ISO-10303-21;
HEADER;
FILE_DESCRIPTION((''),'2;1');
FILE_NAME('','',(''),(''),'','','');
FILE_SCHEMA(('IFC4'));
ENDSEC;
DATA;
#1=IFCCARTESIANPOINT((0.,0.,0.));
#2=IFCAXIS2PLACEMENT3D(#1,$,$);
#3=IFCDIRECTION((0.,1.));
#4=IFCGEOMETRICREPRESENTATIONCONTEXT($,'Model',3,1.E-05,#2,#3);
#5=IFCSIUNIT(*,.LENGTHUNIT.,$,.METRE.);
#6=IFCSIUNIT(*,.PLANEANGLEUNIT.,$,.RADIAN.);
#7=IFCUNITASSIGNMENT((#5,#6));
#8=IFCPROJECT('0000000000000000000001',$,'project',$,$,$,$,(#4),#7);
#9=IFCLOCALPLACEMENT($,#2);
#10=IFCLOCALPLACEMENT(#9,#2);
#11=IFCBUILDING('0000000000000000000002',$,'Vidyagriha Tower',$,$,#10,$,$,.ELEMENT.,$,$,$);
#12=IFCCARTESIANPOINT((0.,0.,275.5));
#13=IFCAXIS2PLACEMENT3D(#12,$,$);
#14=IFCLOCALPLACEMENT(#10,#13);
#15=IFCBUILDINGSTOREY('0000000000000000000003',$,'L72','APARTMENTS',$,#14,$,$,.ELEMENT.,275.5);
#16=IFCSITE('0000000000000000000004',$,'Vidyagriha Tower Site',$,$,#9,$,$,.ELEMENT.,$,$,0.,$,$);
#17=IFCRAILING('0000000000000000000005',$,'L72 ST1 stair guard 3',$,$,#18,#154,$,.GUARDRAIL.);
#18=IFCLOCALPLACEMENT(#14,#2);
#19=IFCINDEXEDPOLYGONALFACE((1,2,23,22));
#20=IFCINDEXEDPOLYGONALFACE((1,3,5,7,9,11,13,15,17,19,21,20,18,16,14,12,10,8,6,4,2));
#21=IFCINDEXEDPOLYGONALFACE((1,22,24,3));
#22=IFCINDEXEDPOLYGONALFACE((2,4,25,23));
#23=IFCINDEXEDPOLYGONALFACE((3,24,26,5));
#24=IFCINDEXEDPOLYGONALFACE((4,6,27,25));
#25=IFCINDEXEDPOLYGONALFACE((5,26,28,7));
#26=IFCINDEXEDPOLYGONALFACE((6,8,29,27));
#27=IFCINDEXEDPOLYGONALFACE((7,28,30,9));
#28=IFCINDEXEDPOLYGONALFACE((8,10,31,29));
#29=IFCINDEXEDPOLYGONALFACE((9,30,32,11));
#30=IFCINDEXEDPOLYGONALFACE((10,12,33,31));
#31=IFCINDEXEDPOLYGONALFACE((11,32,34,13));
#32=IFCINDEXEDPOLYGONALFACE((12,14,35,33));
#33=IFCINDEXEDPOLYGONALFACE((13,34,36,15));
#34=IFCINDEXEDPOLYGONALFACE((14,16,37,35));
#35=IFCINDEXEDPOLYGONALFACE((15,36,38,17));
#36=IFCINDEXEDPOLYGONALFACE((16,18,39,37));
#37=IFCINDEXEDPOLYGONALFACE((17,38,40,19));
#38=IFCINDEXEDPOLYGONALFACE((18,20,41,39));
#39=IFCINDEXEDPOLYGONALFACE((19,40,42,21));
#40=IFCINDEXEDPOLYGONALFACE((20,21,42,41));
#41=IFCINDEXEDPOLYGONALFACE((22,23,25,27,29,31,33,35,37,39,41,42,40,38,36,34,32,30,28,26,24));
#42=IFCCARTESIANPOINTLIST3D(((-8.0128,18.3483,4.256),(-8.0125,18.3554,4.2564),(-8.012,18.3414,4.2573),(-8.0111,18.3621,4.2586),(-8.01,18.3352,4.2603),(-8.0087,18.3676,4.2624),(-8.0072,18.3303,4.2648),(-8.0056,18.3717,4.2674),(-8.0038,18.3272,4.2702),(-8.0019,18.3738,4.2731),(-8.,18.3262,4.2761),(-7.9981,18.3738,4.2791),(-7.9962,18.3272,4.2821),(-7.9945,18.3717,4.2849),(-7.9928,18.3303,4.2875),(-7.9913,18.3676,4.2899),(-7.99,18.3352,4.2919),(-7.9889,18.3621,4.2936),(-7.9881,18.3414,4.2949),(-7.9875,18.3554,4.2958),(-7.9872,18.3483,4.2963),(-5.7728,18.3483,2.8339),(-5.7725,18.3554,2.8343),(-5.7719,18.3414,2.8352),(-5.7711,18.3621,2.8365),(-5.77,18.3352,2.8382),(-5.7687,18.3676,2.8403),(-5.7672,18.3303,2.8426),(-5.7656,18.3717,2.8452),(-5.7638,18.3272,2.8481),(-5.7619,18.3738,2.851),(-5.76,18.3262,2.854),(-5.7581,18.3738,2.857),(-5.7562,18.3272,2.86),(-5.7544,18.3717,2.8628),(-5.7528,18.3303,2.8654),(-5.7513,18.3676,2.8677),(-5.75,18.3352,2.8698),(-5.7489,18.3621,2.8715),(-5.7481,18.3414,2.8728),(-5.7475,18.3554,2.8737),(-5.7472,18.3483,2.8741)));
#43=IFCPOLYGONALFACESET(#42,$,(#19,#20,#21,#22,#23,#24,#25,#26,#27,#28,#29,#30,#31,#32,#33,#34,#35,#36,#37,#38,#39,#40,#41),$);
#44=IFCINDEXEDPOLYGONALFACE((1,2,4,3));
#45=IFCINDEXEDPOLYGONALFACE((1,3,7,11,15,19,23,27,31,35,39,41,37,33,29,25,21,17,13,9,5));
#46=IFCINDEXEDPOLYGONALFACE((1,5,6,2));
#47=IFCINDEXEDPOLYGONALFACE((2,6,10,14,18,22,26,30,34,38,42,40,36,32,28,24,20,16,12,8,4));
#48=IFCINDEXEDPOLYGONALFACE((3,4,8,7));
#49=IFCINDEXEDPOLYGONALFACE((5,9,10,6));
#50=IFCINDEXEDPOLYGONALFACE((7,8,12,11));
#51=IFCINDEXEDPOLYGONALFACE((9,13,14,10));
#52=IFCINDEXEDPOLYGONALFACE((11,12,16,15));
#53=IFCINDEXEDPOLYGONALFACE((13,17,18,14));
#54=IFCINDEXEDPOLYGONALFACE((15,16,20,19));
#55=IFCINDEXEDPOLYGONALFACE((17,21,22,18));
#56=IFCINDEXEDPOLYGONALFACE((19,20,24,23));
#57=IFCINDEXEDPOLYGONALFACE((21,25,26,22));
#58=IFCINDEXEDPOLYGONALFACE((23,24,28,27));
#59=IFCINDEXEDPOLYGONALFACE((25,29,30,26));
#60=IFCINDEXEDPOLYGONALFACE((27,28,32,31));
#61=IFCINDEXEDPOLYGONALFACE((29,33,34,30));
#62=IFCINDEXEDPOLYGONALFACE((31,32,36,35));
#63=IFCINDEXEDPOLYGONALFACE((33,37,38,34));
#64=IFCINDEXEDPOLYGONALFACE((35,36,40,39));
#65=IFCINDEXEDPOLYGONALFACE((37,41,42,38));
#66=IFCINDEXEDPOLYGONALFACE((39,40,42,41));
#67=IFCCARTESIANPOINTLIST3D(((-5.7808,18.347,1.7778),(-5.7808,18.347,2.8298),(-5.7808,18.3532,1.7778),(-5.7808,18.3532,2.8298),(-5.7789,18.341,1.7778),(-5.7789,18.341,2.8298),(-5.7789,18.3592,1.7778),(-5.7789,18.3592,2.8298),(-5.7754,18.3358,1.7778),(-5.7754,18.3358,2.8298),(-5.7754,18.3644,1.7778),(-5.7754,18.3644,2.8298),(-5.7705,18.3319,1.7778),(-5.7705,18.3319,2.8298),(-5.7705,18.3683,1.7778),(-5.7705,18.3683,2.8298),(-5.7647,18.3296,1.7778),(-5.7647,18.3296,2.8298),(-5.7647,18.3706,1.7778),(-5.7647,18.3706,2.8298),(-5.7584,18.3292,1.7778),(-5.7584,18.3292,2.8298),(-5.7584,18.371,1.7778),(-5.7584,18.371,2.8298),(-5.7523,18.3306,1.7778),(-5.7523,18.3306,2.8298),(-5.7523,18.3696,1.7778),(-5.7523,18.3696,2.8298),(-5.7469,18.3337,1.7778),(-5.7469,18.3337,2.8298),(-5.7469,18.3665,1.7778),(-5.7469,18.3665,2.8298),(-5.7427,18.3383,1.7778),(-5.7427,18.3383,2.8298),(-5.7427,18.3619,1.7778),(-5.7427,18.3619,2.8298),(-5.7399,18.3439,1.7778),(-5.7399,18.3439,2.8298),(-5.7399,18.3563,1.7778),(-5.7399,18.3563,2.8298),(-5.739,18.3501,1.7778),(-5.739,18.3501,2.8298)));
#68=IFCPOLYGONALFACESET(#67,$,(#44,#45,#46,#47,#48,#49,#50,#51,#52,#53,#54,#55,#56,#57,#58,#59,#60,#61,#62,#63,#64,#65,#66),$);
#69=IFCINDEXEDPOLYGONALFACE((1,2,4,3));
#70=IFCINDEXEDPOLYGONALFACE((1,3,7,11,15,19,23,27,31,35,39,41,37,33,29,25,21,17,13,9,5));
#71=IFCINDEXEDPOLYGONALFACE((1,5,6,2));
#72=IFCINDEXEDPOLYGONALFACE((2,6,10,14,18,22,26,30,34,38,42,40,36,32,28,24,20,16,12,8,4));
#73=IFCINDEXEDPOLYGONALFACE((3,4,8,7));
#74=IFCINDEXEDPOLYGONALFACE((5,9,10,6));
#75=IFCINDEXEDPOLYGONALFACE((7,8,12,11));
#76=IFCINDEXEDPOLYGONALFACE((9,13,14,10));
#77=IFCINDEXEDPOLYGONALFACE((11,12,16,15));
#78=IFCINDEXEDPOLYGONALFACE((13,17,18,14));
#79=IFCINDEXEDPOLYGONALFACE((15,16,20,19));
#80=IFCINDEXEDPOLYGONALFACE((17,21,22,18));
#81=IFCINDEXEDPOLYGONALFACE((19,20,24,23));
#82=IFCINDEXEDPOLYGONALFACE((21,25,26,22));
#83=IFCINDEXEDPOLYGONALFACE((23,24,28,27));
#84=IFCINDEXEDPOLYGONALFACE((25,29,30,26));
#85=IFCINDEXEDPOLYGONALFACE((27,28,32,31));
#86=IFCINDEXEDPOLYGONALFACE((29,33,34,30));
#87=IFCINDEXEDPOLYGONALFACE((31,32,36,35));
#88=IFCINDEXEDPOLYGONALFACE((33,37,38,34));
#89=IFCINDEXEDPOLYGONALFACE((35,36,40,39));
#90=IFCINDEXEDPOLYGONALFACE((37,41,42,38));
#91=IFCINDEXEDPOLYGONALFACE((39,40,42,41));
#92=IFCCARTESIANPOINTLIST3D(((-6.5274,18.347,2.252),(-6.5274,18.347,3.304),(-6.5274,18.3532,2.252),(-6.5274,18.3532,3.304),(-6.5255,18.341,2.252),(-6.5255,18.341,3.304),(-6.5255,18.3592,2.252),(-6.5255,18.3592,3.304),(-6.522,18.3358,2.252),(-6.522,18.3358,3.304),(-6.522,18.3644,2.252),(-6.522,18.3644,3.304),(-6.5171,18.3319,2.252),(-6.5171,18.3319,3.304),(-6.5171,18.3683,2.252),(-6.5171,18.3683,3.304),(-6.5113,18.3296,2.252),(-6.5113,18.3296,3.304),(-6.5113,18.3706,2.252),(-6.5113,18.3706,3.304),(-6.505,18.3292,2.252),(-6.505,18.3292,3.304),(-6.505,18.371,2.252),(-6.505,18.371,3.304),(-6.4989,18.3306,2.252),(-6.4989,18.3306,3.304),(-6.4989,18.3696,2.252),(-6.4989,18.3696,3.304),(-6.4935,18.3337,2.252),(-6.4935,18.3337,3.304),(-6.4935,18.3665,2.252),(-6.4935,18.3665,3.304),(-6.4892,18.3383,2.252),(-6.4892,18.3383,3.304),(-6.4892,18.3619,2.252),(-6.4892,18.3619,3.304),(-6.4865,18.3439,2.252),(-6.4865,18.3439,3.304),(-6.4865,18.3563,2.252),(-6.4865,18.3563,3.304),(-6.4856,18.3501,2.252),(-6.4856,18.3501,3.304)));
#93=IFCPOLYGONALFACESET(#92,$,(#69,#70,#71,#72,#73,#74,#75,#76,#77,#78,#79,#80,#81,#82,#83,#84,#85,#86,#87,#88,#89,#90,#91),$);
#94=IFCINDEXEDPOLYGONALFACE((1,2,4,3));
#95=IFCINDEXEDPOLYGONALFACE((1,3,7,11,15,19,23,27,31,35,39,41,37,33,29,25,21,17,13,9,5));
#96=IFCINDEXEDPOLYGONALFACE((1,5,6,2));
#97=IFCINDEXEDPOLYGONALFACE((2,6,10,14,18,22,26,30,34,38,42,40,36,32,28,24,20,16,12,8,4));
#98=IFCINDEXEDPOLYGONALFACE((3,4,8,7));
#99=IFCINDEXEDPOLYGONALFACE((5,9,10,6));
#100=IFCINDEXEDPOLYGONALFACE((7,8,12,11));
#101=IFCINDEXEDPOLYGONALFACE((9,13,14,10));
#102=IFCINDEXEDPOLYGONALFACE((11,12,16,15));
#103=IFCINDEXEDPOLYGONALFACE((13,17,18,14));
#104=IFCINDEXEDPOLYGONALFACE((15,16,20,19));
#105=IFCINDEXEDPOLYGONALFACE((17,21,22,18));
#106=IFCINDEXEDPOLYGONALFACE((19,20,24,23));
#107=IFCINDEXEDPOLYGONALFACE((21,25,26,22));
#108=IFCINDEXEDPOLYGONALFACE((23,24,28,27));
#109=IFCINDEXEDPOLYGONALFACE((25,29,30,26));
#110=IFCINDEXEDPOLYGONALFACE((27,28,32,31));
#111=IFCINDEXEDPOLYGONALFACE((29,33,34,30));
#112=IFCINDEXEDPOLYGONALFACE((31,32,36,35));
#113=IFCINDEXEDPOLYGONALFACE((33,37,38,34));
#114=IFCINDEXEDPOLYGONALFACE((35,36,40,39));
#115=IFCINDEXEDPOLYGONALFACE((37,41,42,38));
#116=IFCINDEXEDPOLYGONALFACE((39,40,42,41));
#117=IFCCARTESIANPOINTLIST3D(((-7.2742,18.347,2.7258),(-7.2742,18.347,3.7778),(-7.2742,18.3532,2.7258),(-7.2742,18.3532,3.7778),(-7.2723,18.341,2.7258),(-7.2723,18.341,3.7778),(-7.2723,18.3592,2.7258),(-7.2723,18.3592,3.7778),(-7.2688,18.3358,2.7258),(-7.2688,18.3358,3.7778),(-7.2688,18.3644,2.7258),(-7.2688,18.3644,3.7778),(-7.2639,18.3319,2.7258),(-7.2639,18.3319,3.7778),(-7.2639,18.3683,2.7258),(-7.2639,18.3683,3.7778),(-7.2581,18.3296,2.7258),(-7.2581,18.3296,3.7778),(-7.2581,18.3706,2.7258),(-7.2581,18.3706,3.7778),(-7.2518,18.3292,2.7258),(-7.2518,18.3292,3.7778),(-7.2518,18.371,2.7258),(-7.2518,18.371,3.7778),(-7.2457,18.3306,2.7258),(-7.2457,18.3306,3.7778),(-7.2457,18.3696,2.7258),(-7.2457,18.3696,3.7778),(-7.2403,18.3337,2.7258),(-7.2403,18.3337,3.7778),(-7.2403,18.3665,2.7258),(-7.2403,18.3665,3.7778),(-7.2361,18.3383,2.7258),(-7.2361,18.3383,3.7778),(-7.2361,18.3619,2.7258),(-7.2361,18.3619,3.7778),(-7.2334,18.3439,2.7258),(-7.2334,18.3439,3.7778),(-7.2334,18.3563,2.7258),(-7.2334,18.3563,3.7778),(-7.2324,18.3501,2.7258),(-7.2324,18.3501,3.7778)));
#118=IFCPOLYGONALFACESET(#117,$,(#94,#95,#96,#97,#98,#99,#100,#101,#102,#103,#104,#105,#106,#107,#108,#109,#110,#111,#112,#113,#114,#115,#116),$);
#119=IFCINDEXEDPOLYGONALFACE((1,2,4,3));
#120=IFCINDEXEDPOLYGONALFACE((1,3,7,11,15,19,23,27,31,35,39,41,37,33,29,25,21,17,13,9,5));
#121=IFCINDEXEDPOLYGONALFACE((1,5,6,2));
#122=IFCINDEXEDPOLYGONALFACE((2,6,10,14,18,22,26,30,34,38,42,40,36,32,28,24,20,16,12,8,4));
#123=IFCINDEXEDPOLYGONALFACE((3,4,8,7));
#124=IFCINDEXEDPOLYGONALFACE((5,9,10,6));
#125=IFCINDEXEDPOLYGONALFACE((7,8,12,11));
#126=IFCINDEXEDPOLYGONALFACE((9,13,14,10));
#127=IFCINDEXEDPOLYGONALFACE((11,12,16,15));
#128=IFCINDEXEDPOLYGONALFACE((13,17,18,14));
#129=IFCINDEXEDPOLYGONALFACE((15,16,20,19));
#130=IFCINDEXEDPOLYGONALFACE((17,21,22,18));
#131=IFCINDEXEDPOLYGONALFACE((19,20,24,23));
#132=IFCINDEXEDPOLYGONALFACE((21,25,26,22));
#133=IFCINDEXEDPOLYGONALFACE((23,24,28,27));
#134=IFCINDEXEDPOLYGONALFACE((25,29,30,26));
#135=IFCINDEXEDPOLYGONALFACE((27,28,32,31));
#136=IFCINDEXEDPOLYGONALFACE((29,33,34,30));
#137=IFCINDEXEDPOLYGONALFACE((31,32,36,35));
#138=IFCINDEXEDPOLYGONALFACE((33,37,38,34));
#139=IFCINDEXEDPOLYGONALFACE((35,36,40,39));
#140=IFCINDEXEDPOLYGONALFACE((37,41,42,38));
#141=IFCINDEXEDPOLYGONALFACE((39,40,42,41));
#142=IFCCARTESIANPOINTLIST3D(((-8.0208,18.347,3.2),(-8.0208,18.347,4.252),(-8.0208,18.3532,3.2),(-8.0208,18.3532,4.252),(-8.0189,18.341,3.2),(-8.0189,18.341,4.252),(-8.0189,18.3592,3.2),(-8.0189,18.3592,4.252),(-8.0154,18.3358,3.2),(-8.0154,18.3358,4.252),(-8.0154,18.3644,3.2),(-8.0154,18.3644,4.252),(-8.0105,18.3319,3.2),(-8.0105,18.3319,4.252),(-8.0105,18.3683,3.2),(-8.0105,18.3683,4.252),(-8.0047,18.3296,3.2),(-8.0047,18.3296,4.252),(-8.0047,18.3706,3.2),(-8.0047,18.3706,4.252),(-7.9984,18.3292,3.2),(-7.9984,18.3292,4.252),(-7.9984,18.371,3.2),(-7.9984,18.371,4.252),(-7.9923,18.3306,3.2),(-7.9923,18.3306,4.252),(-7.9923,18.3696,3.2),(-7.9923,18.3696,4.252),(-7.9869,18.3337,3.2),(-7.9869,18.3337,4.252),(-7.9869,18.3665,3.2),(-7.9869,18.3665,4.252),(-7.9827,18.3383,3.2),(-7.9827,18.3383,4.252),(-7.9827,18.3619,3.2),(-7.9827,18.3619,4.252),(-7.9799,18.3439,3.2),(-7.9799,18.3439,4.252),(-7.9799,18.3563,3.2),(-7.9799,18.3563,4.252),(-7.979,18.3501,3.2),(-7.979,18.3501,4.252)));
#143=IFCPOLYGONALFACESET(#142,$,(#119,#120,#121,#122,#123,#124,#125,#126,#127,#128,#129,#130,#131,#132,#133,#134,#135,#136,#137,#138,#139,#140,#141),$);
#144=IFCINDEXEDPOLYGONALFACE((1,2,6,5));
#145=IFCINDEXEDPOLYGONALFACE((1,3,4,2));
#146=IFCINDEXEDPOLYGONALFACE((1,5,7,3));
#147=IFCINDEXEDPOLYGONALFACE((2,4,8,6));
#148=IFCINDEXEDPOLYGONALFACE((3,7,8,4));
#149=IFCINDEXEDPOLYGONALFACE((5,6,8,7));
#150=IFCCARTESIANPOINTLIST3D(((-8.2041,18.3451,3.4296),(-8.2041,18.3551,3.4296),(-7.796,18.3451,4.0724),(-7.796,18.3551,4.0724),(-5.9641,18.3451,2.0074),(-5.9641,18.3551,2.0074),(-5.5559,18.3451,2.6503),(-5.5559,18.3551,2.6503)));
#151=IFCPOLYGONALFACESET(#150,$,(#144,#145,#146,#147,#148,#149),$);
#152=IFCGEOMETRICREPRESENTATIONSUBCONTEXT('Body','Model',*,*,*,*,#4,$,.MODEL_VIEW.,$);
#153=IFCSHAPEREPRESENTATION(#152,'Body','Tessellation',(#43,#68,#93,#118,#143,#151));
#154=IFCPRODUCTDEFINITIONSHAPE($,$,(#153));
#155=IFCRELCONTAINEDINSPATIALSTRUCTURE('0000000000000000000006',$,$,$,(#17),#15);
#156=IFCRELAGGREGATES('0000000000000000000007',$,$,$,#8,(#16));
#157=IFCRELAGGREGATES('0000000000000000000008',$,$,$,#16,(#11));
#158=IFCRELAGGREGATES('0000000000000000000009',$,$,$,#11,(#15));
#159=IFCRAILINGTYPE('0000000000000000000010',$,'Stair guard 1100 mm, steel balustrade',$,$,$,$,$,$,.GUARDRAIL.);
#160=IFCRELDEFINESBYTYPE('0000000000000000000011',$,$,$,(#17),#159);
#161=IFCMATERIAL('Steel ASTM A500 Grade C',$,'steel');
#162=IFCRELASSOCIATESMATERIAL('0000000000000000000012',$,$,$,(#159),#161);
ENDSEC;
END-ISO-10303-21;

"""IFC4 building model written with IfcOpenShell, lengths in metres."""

from ifc_helpers import new_model, si_unit, direction, frame, origin, origin_2d, place, context, subcontext, project, spatial, rectangle, circle, extrude, material, type_object, element, save


model = new_model("IFC4")

# Units and contexts
model_context = context("Model", 3, precision=1e-05, world=origin(), true_north=direction((0.0, 1.0)))
body_context = subcontext(model_context, "Body", "Model", "MODEL_VIEW")
ifc_project = project(units=[si_unit("LENGTHUNIT", "METRE"), si_unit("PLANEANGLEUNIT", "RADIAN")], contexts=[model_context])

# Site, building, storey
site_placement = place(None, origin())
site = spatial("IfcSite", under=ifc_project, at=site_placement, Name="Vidyagriha Tower Site", CompositionType="ELEMENT", RefElevation=0.0)
building_placement = place(site_placement, origin())
building = spatial("IfcBuilding", under=site, at=building_placement, Name="Vidyagriha Tower", CompositionType="ELEMENT")
storey_placement = place(building_placement, frame((0.0, 0.0, 275.5)))
storey = spatial("IfcBuildingStorey", under=building, at=storey_placement, Name="L72", Description="APARTMENTS", CompositionType="ELEMENT", Elevation=275.5)

# Railing
ifc_material_1 = material(Name="Steel ASTM A500 Grade C", Category="steel")
railing_type_1 = type_object("IfcRailingType", Name="Stair guard 1100 mm, steel balustrade", PredefinedType="GUARDRAIL", material=ifc_material_1)
railing_1_placement = place(storey_placement, frame((-5.76, 18.3501, 1.7778)))
element("IfcRailing", 1, at=railing_1_placement, inside=storey, type_object=railing_type_1, Name="L72 ST1 stair guard 3", PredefinedType="GUARDRAIL", context=body_context, shape_type="SweptSolid", body=[
    extrude(circle(Radius=0.0239, at=origin_2d()), frame((0.0, 0.0, 1.0762), z_axis=(-0.844229, 0.0, 0.535982), x_axis=(0.0, -1.0, 0.0)), (0.0, 0.0, 1.0), 2.6533),
    extrude(circle(Radius=0.021, at=origin_2d()), origin(), (0.0, 0.0, 1.0), 1.052),
    extrude(circle(Radius=0.021, at=origin_2d()), frame((-0.7466, 0.0, 0.4741)), (0.0, 0.0, 1.0), 1.052),
    extrude(circle(Radius=0.021, at=origin_2d()), frame((-1.4934, 0.0, 0.948)), (0.0, 0.0, 1.0), 1.052),
    extrude(circle(Radius=0.021, at=origin_2d()), frame((-2.24, 0.0, 1.4221)), (0.0, 0.0, 1.0), 1.052),
    extrude(rectangle(XDim=0.01, YDim=0.7615, at=origin_2d()), frame((0.0, 0.0, 0.551), z_axis=(-0.844229, 0.0, 0.535982), x_axis=(0.0, -1.0, 0.0)), (0.0, 0.0, 1.0), 2.6533),
])

save(model, "model.ifc")
